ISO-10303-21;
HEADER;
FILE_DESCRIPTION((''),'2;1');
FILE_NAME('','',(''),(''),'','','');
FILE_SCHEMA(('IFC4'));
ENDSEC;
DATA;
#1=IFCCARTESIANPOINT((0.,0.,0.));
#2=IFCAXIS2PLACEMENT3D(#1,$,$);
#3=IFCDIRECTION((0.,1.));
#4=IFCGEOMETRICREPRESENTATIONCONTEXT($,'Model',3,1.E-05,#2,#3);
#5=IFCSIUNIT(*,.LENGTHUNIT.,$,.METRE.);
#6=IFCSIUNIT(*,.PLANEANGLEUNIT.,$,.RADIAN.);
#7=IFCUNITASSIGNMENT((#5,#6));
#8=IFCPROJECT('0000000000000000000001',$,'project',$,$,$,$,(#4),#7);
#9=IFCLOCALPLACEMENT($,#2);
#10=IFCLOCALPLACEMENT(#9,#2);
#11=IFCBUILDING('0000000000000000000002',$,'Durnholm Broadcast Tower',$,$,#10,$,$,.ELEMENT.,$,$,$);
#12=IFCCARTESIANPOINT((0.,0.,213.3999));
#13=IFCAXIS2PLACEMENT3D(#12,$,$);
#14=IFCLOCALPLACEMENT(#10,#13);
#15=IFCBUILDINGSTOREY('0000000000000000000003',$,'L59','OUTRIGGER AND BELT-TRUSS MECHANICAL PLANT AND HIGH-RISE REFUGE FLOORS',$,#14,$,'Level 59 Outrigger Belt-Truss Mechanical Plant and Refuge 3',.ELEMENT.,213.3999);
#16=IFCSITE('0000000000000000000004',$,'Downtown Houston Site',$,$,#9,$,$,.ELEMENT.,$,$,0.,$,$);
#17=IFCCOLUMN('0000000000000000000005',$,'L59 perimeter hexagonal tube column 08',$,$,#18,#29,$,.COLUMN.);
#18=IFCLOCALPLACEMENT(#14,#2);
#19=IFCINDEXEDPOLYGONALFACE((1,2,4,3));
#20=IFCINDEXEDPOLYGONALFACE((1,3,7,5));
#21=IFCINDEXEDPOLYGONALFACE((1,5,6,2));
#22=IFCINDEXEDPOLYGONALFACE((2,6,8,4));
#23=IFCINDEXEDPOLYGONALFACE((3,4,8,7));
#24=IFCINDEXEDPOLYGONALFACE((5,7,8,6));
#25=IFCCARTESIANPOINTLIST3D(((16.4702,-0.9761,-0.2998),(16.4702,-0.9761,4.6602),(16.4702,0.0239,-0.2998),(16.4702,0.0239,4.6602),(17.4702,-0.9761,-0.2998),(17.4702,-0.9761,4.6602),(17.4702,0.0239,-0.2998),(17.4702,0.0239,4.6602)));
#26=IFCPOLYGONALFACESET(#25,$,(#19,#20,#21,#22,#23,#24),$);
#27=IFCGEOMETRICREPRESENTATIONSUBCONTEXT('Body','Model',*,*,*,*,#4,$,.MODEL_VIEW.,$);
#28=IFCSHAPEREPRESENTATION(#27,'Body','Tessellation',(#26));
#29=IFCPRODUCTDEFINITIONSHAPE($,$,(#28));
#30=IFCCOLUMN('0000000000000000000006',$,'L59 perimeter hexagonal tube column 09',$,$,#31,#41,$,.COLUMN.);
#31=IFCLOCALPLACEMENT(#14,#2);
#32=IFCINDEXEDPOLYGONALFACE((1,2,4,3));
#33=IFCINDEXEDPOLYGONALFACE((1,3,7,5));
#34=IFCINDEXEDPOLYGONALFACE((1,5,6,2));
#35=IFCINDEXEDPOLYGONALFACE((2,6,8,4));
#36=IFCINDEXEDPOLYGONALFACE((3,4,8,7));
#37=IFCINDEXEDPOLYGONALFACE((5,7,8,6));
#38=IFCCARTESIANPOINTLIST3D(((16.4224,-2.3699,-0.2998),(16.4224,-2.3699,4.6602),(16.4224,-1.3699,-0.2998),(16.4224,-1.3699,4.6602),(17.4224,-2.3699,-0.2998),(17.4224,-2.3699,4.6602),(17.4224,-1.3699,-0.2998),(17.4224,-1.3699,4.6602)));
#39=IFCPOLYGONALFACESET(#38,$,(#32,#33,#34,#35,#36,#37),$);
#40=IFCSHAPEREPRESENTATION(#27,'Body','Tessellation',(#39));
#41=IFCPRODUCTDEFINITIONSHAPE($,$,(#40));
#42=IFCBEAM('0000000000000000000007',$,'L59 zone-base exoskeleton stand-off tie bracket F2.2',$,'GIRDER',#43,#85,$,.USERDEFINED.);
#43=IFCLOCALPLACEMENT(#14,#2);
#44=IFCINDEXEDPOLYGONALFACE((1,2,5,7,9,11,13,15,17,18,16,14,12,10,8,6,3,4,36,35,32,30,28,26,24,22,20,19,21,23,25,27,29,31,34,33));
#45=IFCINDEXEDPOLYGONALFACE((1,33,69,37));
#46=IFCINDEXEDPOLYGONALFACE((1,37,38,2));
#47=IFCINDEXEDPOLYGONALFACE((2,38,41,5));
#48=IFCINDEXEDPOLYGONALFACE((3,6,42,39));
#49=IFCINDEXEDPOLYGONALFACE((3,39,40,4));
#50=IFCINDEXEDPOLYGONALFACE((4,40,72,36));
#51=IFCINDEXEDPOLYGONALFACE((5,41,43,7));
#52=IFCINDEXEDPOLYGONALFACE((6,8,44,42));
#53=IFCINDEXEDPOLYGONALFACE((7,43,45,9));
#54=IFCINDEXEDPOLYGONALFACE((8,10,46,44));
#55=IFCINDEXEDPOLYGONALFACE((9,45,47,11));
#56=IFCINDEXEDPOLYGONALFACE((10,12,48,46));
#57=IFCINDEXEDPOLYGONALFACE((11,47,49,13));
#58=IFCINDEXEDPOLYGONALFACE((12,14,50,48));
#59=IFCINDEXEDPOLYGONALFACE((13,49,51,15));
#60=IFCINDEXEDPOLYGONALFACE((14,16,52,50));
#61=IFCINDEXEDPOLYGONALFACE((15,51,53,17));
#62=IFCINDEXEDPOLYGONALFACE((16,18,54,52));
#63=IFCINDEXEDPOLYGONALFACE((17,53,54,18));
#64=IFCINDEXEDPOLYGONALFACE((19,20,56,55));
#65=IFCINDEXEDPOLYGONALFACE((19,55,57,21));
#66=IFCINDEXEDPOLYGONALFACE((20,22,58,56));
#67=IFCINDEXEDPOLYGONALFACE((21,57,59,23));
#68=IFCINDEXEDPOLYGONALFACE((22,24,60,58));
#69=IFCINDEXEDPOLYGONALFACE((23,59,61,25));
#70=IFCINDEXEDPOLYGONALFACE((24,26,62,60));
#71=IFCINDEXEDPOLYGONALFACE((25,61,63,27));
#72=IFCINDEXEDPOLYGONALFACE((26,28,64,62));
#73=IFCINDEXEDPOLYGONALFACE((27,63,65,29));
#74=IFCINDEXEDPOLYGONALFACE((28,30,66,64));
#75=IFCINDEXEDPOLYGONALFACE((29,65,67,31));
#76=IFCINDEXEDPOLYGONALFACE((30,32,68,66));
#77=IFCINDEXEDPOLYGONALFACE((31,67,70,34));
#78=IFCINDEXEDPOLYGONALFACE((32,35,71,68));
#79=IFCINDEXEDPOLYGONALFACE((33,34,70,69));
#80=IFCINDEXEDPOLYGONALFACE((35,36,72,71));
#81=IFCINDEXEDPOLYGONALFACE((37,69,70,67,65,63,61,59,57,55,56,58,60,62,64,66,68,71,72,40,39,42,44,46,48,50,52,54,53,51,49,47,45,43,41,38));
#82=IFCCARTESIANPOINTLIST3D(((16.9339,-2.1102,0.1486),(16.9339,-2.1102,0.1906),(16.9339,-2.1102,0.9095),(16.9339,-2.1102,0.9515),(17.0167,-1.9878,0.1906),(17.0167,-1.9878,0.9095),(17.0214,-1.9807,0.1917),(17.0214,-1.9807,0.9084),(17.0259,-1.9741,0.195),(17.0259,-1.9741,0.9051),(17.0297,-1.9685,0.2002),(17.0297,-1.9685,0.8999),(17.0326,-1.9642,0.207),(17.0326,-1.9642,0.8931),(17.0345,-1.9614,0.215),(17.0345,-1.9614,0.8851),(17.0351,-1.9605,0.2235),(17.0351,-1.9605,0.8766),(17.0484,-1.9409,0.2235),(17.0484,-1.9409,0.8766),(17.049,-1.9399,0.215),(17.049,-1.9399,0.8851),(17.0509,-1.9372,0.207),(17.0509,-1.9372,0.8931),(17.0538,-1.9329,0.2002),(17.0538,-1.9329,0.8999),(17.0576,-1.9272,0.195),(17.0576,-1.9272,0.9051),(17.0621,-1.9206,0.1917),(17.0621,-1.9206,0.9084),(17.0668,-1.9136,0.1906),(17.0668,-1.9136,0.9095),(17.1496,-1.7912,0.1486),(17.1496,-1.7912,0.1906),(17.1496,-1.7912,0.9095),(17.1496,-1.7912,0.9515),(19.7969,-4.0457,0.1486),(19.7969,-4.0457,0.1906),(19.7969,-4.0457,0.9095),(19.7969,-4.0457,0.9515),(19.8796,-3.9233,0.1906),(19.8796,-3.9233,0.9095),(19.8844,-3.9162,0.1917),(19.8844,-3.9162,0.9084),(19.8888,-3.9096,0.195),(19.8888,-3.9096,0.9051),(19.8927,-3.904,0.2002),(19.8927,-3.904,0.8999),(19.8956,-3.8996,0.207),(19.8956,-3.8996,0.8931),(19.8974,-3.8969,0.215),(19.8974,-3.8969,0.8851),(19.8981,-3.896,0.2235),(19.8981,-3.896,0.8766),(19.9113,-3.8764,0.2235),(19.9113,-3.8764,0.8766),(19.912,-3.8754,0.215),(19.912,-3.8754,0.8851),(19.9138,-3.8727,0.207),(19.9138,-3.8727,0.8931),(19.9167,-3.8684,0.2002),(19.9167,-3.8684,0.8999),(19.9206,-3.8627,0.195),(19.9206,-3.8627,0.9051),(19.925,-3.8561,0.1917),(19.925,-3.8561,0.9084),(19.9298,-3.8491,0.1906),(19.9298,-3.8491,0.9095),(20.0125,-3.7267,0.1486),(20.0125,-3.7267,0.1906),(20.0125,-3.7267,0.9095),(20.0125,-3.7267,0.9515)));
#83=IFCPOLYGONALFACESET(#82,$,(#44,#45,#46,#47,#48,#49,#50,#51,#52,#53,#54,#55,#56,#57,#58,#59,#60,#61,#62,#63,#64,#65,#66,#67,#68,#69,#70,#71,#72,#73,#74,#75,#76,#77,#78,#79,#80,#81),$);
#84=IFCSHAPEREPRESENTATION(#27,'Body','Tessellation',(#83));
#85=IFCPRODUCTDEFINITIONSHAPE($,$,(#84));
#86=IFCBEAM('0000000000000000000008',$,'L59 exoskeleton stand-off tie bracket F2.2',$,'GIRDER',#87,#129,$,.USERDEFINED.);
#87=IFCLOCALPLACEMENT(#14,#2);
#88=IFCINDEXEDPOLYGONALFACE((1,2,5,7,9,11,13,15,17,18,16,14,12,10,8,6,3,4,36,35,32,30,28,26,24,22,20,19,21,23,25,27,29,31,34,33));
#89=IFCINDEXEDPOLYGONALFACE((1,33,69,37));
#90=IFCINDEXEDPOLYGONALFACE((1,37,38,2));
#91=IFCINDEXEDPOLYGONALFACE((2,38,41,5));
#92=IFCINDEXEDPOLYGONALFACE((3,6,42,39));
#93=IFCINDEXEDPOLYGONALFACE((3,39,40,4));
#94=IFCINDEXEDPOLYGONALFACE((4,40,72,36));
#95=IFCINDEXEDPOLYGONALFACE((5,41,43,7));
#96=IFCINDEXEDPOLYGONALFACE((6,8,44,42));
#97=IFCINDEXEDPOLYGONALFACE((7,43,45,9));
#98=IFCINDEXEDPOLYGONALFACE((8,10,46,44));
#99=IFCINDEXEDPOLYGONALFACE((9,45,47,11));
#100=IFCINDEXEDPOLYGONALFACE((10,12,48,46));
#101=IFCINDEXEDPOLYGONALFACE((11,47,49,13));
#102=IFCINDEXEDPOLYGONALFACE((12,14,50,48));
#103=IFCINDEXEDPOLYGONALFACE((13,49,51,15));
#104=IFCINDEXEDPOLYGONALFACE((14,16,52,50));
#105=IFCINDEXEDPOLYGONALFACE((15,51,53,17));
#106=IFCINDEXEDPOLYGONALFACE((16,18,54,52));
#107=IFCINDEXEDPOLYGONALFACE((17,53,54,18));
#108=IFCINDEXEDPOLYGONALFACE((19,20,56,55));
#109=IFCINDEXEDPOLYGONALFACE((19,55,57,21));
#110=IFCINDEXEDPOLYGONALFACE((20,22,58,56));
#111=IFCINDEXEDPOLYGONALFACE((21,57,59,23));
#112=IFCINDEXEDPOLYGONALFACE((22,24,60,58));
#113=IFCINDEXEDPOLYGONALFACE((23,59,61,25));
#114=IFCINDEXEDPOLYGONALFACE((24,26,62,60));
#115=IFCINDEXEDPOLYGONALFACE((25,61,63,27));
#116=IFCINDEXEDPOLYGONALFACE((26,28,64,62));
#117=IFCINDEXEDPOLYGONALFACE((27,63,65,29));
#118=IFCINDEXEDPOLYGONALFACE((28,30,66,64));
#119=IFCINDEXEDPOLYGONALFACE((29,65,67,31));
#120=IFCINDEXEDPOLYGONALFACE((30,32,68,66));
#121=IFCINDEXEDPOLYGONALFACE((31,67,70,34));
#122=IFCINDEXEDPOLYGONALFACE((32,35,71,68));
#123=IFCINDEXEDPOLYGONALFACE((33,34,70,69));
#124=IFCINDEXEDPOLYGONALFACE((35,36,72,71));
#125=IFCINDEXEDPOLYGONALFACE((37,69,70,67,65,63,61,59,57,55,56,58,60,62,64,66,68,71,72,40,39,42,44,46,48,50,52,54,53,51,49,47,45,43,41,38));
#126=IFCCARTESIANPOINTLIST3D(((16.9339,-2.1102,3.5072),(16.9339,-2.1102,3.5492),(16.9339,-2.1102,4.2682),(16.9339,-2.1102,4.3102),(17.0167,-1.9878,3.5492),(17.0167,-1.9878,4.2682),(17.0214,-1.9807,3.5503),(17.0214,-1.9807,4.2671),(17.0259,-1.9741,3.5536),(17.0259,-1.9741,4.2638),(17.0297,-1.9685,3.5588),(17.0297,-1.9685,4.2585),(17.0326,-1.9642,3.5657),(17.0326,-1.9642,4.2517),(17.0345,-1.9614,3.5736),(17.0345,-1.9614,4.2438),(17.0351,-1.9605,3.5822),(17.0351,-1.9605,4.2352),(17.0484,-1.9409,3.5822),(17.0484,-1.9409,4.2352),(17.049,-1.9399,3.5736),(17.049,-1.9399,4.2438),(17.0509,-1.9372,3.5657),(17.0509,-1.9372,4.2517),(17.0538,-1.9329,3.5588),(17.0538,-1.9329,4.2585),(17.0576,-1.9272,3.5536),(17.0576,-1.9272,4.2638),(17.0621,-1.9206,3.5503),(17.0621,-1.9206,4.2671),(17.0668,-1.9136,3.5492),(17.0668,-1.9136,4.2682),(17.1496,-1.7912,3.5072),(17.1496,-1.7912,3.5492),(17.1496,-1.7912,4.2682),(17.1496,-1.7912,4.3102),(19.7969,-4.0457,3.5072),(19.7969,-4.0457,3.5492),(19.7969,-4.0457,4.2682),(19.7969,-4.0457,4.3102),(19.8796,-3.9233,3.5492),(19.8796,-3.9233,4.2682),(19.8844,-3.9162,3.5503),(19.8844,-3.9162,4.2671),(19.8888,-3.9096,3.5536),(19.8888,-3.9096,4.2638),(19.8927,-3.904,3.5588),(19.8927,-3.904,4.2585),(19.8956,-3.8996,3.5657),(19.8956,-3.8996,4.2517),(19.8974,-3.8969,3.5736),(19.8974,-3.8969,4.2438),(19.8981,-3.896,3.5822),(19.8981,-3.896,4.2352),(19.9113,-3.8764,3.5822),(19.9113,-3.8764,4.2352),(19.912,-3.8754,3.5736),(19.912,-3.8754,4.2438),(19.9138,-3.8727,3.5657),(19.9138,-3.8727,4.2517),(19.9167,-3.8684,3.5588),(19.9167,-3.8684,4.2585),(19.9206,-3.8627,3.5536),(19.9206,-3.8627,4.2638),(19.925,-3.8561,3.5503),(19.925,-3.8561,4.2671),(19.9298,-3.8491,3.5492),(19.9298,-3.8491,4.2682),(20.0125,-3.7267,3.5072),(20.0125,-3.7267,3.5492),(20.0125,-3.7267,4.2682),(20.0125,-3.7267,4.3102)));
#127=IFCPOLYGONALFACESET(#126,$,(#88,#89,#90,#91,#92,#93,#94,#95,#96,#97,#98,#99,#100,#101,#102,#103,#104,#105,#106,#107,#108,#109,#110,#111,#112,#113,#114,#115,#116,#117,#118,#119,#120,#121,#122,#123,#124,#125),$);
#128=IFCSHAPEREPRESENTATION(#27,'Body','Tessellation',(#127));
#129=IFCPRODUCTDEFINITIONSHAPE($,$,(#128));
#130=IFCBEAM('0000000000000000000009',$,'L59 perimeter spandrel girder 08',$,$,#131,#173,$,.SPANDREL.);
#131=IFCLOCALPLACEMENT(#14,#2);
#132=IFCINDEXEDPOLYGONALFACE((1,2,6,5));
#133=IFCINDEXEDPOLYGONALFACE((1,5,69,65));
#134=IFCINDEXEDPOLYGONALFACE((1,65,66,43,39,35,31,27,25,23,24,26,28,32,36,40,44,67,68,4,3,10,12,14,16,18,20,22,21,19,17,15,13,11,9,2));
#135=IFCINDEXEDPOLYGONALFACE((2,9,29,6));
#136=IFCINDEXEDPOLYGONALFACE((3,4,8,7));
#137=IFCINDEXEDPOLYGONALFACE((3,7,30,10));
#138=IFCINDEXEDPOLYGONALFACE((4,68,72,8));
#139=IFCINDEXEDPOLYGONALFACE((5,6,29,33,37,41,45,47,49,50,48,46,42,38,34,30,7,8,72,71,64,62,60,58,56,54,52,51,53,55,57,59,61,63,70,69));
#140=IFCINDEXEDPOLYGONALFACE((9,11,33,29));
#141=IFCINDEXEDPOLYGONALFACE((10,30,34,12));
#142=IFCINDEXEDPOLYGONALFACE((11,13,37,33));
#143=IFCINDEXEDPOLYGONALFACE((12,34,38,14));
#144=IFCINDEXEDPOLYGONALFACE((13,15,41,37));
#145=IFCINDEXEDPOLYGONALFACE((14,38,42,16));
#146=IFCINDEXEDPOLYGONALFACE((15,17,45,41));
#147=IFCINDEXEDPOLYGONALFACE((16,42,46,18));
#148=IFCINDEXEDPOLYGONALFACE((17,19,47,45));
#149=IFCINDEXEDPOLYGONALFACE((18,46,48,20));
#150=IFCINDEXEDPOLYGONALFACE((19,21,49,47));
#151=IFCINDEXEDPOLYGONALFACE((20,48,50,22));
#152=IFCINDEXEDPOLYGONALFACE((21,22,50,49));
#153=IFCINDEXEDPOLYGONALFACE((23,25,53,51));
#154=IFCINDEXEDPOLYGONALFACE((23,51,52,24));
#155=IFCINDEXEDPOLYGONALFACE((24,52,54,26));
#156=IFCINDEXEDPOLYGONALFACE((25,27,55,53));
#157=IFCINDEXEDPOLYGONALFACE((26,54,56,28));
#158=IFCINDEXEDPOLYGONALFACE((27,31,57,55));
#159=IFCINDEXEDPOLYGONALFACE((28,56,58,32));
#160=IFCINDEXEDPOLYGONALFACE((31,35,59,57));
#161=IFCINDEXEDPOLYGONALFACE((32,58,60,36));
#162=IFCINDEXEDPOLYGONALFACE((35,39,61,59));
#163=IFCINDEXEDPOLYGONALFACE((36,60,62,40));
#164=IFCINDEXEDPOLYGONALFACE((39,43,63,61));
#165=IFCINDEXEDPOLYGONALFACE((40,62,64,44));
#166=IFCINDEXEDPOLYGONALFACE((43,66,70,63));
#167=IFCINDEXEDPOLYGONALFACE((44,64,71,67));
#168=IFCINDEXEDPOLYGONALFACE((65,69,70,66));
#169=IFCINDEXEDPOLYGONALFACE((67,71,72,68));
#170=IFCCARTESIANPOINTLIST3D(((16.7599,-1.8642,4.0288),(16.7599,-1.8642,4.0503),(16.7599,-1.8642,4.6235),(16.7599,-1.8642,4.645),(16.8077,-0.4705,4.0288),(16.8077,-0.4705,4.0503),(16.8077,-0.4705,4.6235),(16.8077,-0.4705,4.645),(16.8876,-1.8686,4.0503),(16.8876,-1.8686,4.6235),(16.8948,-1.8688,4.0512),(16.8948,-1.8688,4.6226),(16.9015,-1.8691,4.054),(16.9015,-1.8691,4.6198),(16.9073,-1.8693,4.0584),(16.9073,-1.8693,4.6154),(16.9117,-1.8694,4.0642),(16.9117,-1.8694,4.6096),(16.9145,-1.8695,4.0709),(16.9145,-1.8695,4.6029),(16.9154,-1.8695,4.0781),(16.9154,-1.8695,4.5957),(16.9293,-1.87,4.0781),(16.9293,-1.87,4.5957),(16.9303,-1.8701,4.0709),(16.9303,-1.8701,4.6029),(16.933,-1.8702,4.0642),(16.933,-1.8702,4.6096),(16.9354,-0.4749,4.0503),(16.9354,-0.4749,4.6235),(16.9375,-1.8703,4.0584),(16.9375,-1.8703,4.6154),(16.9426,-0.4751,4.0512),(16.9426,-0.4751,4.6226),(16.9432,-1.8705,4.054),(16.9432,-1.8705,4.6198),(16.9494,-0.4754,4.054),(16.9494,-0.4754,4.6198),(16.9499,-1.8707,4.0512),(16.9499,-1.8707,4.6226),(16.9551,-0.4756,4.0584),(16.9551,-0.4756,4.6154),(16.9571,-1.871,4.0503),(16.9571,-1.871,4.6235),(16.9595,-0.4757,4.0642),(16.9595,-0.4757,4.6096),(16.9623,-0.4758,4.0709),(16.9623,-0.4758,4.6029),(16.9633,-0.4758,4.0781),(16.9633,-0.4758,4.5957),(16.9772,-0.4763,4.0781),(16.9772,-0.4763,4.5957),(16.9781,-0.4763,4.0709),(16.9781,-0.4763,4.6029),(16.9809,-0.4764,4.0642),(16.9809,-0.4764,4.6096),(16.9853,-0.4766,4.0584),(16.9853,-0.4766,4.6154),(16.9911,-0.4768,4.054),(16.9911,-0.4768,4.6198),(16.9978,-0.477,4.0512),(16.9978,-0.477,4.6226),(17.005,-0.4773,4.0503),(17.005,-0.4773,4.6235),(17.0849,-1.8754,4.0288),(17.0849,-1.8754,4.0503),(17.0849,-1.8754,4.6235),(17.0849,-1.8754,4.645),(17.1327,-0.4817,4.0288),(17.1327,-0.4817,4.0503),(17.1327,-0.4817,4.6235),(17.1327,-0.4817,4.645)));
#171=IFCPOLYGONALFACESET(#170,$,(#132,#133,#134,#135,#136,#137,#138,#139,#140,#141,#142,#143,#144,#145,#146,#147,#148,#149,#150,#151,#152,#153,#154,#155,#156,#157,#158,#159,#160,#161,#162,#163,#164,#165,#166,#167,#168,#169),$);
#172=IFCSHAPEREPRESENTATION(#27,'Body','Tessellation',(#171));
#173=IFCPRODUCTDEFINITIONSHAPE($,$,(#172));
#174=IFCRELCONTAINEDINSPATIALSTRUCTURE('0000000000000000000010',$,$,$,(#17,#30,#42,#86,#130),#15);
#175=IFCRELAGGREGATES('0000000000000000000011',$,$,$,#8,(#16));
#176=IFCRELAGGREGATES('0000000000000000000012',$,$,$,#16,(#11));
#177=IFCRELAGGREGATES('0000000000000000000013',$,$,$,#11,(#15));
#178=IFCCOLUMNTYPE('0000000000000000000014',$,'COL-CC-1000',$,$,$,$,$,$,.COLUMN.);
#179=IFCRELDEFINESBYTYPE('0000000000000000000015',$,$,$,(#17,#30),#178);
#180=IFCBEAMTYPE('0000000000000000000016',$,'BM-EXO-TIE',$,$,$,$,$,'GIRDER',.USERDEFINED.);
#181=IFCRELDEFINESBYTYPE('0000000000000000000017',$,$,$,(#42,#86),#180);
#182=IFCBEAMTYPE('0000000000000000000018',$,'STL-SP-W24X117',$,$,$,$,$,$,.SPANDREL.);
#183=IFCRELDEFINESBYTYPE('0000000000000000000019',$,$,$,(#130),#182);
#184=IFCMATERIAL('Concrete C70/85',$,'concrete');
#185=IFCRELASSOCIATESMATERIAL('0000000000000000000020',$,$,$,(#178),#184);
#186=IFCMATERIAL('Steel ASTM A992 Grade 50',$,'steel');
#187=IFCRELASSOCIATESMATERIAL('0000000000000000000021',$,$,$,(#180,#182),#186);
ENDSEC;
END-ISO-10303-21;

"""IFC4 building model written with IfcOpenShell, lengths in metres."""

from ifc_helpers import new_model, si_unit, direction, frame, origin, origin_2d, place, context, subcontext, project, spatial, rectangle, i_section, extrude, source, transform, mapped, material, material_profile, profile_set, type_object, type_shapes, element, save


model = new_model("IFC4")

# Units and contexts
model_context = context("Model", 3, precision=1e-05, world=origin(), true_north=direction((0.0, 1.0)))
body_context = subcontext(model_context, "Body", "Model", "MODEL_VIEW")
ifc_project = project(units=[si_unit("LENGTHUNIT", "METRE"), si_unit("PLANEANGLEUNIT", "RADIAN")], contexts=[model_context])

# Site, building, storey
site_placement = place(None, origin())
site = spatial("IfcSite", under=ifc_project, at=site_placement, Name="Downtown Houston Site", CompositionType="ELEMENT", RefElevation=0.0)
building_placement = place(site_placement, origin())
building = spatial("IfcBuilding", under=site, at=building_placement, Name="Durnholm Broadcast Tower", CompositionType="ELEMENT")
storey_placement = place(building_placement, frame((0.0, 0.0, 213.3999)))
storey = spatial("IfcBuildingStorey", under=building, at=storey_placement, Name="L59", Description="OUTRIGGER AND BELT-TRUSS MECHANICAL PLANT AND HIGH-RISE REFUGE FLOORS", LongName="Level 59 Outrigger Belt-Truss Mechanical Plant and Refuge 3", CompositionType="ELEMENT", Elevation=213.3999)

# Columns
ifc_material_1 = material(Name="Concrete C70/85", Category="concrete")
ifc_material_profile_1 = material_profile(ifc_material_1, rectangle(XDim=1.0, YDim=1.0, at=origin_2d()), Name="RC1000X1000")
ifc_profile_set_1 = profile_set([ifc_material_profile_1], Name="Concrete C70/85")
column_type = type_object("IfcColumnType", Name="COL-CC-1000", PredefinedType="COLUMN", material=ifc_profile_set_1)
shared_shape_1 = source(origin(), body_context, "Body", "SweptSolid", [
    extrude(rectangle(XDim=1.0, YDim=1.0, at=origin_2d()), origin(), (0.0, 0.0, 1.0), 4.96),
])
type_shapes(column_type, [shared_shape_1])
for number, where, z_axis, x_axis, name in (
    (1, (16.9702, -0.4761, -0.2998), (0.0, 0.0, 1.0), (1.0, 0.0, 0.0), "L59 perimeter hexagonal tube column 08"),
    (2, (16.9224, -1.8699, -0.2998), (0.0, 0.0, 1.0), (1.0, 0.0, 0.0), "L59 perimeter hexagonal tube column 09"),
):
    element("IfcColumn", number, at=place(storey_placement, frame(where, z_axis=z_axis, x_axis=x_axis)), inside=storey, type_object=column_type, Name=name, PredefinedType="COLUMN", context=body_context, shape_type="MappedRepresentation", body=[
        mapped(shared_shape_1, transform((0.0, 0.0, 0.0), x_axis=(1.0, 0.0, 0.0), y_axis=(0.0, 1.0, 0.0), z_axis=(0.0, 0.0, 1.0), scale=1.0)),
    ])

# Beams
ifc_material_2 = material(Name="Steel ASTM A992 Grade 50", Category="steel")
ifc_material_profile_2 = material_profile(ifc_material_2, i_section(OverallWidth=0.385, OverallDepth=0.803, WebThickness=0.0237, FlangeThickness=0.042, FilletRadius=0.033, at=origin_2d()), Name="W30X261")
ifc_profile_set_2 = profile_set([ifc_material_profile_2], Name="Steel ASTM A992 Grade 50")
beam_type_1 = type_object("IfcBeamType", Name="BM-EXO-TIE", ElementType="GIRDER", PredefinedType="USERDEFINED", material=ifc_profile_set_2)
shared_shape_2 = source(origin(), body_context, "Body", "SweptSolid", [
    extrude(i_section(OverallWidth=0.385, OverallDepth=0.803, WebThickness=0.0237, FlangeThickness=0.042, FilletRadius=0.033, at=origin_2d()), origin(), (0.0, 0.0, 1.0), 3.4558),
])
type_shapes(beam_type_1, [shared_shape_2])
for number, where, z_axis, x_axis, name in (
    (3, (17.0417, -1.9507, 0.55), (0.828446, -0.560068, 0.0), (0.560068, 0.828446, 0.0), "L59 zone-base exoskeleton stand-off tie bracket F2.2"),
    (4, (17.0417, -1.9507, 3.9087), (0.828446, -0.560068, 0.0), (0.560068, 0.828446, 0.0), "L59 exoskeleton stand-off tie bracket F2.2"),
):
    element("IfcBeam", number, at=place(storey_placement, frame(where, z_axis=z_axis, x_axis=x_axis)), inside=storey, type_object=beam_type_1, Name=name, ObjectType="GIRDER", PredefinedType="USERDEFINED", context=body_context, shape_type="MappedRepresentation", body=[
        mapped(shared_shape_2, transform((0.0, 0.0, 0.0), x_axis=(1.0, 0.0, 0.0), y_axis=(0.0, 1.0, 0.0), z_axis=(0.0, 0.0, 1.0), scale=1.0)),
    ])
ifc_material_profile_3 = material_profile(ifc_material_2, i_section(OverallWidth=0.3252, OverallDepth=0.6162, WebThickness=0.0139, FlangeThickness=0.0215, FilletRadius=0.0278, at=origin_2d()), Name="W24X117")
ifc_profile_set_3 = profile_set([ifc_material_profile_3], Name="Steel ASTM A992 Grade 50")
beam_type_2 = type_object("IfcBeamType", Name="STL-SP-W24X117", PredefinedType="SPANDREL", material=ifc_profile_set_3)
shared_shape_3 = source(origin(), body_context, "Body", "SweptSolid", [
    extrude(i_section(OverallWidth=0.3252, OverallDepth=0.6162, WebThickness=0.0139, FlangeThickness=0.0215, FilletRadius=0.0278, at=origin_2d()), origin(), (0.0, 0.0, 1.0), 1.3945),
])
beam_1_placement = place(storey_placement, frame((16.9702, -0.4761, 4.3369), z_axis=(-0.034312, -0.999411, 0.0), x_axis=(0.999411, -0.034312, 0.0)))
element("IfcBeam", 5, at=beam_1_placement, inside=storey, type_object=beam_type_2, Name="L59 perimeter spandrel girder 08", PredefinedType="SPANDREL", context=body_context, shape_type="MappedRepresentation", body=[
    mapped(shared_shape_3, transform((0.0, 0.0, 0.0), x_axis=(1.0, 0.0, 0.0), y_axis=(0.0, 1.0, 0.0), z_axis=(0.0, 0.0, 1.0), scale=1.0)),
])

save(model, "model.ifc")
